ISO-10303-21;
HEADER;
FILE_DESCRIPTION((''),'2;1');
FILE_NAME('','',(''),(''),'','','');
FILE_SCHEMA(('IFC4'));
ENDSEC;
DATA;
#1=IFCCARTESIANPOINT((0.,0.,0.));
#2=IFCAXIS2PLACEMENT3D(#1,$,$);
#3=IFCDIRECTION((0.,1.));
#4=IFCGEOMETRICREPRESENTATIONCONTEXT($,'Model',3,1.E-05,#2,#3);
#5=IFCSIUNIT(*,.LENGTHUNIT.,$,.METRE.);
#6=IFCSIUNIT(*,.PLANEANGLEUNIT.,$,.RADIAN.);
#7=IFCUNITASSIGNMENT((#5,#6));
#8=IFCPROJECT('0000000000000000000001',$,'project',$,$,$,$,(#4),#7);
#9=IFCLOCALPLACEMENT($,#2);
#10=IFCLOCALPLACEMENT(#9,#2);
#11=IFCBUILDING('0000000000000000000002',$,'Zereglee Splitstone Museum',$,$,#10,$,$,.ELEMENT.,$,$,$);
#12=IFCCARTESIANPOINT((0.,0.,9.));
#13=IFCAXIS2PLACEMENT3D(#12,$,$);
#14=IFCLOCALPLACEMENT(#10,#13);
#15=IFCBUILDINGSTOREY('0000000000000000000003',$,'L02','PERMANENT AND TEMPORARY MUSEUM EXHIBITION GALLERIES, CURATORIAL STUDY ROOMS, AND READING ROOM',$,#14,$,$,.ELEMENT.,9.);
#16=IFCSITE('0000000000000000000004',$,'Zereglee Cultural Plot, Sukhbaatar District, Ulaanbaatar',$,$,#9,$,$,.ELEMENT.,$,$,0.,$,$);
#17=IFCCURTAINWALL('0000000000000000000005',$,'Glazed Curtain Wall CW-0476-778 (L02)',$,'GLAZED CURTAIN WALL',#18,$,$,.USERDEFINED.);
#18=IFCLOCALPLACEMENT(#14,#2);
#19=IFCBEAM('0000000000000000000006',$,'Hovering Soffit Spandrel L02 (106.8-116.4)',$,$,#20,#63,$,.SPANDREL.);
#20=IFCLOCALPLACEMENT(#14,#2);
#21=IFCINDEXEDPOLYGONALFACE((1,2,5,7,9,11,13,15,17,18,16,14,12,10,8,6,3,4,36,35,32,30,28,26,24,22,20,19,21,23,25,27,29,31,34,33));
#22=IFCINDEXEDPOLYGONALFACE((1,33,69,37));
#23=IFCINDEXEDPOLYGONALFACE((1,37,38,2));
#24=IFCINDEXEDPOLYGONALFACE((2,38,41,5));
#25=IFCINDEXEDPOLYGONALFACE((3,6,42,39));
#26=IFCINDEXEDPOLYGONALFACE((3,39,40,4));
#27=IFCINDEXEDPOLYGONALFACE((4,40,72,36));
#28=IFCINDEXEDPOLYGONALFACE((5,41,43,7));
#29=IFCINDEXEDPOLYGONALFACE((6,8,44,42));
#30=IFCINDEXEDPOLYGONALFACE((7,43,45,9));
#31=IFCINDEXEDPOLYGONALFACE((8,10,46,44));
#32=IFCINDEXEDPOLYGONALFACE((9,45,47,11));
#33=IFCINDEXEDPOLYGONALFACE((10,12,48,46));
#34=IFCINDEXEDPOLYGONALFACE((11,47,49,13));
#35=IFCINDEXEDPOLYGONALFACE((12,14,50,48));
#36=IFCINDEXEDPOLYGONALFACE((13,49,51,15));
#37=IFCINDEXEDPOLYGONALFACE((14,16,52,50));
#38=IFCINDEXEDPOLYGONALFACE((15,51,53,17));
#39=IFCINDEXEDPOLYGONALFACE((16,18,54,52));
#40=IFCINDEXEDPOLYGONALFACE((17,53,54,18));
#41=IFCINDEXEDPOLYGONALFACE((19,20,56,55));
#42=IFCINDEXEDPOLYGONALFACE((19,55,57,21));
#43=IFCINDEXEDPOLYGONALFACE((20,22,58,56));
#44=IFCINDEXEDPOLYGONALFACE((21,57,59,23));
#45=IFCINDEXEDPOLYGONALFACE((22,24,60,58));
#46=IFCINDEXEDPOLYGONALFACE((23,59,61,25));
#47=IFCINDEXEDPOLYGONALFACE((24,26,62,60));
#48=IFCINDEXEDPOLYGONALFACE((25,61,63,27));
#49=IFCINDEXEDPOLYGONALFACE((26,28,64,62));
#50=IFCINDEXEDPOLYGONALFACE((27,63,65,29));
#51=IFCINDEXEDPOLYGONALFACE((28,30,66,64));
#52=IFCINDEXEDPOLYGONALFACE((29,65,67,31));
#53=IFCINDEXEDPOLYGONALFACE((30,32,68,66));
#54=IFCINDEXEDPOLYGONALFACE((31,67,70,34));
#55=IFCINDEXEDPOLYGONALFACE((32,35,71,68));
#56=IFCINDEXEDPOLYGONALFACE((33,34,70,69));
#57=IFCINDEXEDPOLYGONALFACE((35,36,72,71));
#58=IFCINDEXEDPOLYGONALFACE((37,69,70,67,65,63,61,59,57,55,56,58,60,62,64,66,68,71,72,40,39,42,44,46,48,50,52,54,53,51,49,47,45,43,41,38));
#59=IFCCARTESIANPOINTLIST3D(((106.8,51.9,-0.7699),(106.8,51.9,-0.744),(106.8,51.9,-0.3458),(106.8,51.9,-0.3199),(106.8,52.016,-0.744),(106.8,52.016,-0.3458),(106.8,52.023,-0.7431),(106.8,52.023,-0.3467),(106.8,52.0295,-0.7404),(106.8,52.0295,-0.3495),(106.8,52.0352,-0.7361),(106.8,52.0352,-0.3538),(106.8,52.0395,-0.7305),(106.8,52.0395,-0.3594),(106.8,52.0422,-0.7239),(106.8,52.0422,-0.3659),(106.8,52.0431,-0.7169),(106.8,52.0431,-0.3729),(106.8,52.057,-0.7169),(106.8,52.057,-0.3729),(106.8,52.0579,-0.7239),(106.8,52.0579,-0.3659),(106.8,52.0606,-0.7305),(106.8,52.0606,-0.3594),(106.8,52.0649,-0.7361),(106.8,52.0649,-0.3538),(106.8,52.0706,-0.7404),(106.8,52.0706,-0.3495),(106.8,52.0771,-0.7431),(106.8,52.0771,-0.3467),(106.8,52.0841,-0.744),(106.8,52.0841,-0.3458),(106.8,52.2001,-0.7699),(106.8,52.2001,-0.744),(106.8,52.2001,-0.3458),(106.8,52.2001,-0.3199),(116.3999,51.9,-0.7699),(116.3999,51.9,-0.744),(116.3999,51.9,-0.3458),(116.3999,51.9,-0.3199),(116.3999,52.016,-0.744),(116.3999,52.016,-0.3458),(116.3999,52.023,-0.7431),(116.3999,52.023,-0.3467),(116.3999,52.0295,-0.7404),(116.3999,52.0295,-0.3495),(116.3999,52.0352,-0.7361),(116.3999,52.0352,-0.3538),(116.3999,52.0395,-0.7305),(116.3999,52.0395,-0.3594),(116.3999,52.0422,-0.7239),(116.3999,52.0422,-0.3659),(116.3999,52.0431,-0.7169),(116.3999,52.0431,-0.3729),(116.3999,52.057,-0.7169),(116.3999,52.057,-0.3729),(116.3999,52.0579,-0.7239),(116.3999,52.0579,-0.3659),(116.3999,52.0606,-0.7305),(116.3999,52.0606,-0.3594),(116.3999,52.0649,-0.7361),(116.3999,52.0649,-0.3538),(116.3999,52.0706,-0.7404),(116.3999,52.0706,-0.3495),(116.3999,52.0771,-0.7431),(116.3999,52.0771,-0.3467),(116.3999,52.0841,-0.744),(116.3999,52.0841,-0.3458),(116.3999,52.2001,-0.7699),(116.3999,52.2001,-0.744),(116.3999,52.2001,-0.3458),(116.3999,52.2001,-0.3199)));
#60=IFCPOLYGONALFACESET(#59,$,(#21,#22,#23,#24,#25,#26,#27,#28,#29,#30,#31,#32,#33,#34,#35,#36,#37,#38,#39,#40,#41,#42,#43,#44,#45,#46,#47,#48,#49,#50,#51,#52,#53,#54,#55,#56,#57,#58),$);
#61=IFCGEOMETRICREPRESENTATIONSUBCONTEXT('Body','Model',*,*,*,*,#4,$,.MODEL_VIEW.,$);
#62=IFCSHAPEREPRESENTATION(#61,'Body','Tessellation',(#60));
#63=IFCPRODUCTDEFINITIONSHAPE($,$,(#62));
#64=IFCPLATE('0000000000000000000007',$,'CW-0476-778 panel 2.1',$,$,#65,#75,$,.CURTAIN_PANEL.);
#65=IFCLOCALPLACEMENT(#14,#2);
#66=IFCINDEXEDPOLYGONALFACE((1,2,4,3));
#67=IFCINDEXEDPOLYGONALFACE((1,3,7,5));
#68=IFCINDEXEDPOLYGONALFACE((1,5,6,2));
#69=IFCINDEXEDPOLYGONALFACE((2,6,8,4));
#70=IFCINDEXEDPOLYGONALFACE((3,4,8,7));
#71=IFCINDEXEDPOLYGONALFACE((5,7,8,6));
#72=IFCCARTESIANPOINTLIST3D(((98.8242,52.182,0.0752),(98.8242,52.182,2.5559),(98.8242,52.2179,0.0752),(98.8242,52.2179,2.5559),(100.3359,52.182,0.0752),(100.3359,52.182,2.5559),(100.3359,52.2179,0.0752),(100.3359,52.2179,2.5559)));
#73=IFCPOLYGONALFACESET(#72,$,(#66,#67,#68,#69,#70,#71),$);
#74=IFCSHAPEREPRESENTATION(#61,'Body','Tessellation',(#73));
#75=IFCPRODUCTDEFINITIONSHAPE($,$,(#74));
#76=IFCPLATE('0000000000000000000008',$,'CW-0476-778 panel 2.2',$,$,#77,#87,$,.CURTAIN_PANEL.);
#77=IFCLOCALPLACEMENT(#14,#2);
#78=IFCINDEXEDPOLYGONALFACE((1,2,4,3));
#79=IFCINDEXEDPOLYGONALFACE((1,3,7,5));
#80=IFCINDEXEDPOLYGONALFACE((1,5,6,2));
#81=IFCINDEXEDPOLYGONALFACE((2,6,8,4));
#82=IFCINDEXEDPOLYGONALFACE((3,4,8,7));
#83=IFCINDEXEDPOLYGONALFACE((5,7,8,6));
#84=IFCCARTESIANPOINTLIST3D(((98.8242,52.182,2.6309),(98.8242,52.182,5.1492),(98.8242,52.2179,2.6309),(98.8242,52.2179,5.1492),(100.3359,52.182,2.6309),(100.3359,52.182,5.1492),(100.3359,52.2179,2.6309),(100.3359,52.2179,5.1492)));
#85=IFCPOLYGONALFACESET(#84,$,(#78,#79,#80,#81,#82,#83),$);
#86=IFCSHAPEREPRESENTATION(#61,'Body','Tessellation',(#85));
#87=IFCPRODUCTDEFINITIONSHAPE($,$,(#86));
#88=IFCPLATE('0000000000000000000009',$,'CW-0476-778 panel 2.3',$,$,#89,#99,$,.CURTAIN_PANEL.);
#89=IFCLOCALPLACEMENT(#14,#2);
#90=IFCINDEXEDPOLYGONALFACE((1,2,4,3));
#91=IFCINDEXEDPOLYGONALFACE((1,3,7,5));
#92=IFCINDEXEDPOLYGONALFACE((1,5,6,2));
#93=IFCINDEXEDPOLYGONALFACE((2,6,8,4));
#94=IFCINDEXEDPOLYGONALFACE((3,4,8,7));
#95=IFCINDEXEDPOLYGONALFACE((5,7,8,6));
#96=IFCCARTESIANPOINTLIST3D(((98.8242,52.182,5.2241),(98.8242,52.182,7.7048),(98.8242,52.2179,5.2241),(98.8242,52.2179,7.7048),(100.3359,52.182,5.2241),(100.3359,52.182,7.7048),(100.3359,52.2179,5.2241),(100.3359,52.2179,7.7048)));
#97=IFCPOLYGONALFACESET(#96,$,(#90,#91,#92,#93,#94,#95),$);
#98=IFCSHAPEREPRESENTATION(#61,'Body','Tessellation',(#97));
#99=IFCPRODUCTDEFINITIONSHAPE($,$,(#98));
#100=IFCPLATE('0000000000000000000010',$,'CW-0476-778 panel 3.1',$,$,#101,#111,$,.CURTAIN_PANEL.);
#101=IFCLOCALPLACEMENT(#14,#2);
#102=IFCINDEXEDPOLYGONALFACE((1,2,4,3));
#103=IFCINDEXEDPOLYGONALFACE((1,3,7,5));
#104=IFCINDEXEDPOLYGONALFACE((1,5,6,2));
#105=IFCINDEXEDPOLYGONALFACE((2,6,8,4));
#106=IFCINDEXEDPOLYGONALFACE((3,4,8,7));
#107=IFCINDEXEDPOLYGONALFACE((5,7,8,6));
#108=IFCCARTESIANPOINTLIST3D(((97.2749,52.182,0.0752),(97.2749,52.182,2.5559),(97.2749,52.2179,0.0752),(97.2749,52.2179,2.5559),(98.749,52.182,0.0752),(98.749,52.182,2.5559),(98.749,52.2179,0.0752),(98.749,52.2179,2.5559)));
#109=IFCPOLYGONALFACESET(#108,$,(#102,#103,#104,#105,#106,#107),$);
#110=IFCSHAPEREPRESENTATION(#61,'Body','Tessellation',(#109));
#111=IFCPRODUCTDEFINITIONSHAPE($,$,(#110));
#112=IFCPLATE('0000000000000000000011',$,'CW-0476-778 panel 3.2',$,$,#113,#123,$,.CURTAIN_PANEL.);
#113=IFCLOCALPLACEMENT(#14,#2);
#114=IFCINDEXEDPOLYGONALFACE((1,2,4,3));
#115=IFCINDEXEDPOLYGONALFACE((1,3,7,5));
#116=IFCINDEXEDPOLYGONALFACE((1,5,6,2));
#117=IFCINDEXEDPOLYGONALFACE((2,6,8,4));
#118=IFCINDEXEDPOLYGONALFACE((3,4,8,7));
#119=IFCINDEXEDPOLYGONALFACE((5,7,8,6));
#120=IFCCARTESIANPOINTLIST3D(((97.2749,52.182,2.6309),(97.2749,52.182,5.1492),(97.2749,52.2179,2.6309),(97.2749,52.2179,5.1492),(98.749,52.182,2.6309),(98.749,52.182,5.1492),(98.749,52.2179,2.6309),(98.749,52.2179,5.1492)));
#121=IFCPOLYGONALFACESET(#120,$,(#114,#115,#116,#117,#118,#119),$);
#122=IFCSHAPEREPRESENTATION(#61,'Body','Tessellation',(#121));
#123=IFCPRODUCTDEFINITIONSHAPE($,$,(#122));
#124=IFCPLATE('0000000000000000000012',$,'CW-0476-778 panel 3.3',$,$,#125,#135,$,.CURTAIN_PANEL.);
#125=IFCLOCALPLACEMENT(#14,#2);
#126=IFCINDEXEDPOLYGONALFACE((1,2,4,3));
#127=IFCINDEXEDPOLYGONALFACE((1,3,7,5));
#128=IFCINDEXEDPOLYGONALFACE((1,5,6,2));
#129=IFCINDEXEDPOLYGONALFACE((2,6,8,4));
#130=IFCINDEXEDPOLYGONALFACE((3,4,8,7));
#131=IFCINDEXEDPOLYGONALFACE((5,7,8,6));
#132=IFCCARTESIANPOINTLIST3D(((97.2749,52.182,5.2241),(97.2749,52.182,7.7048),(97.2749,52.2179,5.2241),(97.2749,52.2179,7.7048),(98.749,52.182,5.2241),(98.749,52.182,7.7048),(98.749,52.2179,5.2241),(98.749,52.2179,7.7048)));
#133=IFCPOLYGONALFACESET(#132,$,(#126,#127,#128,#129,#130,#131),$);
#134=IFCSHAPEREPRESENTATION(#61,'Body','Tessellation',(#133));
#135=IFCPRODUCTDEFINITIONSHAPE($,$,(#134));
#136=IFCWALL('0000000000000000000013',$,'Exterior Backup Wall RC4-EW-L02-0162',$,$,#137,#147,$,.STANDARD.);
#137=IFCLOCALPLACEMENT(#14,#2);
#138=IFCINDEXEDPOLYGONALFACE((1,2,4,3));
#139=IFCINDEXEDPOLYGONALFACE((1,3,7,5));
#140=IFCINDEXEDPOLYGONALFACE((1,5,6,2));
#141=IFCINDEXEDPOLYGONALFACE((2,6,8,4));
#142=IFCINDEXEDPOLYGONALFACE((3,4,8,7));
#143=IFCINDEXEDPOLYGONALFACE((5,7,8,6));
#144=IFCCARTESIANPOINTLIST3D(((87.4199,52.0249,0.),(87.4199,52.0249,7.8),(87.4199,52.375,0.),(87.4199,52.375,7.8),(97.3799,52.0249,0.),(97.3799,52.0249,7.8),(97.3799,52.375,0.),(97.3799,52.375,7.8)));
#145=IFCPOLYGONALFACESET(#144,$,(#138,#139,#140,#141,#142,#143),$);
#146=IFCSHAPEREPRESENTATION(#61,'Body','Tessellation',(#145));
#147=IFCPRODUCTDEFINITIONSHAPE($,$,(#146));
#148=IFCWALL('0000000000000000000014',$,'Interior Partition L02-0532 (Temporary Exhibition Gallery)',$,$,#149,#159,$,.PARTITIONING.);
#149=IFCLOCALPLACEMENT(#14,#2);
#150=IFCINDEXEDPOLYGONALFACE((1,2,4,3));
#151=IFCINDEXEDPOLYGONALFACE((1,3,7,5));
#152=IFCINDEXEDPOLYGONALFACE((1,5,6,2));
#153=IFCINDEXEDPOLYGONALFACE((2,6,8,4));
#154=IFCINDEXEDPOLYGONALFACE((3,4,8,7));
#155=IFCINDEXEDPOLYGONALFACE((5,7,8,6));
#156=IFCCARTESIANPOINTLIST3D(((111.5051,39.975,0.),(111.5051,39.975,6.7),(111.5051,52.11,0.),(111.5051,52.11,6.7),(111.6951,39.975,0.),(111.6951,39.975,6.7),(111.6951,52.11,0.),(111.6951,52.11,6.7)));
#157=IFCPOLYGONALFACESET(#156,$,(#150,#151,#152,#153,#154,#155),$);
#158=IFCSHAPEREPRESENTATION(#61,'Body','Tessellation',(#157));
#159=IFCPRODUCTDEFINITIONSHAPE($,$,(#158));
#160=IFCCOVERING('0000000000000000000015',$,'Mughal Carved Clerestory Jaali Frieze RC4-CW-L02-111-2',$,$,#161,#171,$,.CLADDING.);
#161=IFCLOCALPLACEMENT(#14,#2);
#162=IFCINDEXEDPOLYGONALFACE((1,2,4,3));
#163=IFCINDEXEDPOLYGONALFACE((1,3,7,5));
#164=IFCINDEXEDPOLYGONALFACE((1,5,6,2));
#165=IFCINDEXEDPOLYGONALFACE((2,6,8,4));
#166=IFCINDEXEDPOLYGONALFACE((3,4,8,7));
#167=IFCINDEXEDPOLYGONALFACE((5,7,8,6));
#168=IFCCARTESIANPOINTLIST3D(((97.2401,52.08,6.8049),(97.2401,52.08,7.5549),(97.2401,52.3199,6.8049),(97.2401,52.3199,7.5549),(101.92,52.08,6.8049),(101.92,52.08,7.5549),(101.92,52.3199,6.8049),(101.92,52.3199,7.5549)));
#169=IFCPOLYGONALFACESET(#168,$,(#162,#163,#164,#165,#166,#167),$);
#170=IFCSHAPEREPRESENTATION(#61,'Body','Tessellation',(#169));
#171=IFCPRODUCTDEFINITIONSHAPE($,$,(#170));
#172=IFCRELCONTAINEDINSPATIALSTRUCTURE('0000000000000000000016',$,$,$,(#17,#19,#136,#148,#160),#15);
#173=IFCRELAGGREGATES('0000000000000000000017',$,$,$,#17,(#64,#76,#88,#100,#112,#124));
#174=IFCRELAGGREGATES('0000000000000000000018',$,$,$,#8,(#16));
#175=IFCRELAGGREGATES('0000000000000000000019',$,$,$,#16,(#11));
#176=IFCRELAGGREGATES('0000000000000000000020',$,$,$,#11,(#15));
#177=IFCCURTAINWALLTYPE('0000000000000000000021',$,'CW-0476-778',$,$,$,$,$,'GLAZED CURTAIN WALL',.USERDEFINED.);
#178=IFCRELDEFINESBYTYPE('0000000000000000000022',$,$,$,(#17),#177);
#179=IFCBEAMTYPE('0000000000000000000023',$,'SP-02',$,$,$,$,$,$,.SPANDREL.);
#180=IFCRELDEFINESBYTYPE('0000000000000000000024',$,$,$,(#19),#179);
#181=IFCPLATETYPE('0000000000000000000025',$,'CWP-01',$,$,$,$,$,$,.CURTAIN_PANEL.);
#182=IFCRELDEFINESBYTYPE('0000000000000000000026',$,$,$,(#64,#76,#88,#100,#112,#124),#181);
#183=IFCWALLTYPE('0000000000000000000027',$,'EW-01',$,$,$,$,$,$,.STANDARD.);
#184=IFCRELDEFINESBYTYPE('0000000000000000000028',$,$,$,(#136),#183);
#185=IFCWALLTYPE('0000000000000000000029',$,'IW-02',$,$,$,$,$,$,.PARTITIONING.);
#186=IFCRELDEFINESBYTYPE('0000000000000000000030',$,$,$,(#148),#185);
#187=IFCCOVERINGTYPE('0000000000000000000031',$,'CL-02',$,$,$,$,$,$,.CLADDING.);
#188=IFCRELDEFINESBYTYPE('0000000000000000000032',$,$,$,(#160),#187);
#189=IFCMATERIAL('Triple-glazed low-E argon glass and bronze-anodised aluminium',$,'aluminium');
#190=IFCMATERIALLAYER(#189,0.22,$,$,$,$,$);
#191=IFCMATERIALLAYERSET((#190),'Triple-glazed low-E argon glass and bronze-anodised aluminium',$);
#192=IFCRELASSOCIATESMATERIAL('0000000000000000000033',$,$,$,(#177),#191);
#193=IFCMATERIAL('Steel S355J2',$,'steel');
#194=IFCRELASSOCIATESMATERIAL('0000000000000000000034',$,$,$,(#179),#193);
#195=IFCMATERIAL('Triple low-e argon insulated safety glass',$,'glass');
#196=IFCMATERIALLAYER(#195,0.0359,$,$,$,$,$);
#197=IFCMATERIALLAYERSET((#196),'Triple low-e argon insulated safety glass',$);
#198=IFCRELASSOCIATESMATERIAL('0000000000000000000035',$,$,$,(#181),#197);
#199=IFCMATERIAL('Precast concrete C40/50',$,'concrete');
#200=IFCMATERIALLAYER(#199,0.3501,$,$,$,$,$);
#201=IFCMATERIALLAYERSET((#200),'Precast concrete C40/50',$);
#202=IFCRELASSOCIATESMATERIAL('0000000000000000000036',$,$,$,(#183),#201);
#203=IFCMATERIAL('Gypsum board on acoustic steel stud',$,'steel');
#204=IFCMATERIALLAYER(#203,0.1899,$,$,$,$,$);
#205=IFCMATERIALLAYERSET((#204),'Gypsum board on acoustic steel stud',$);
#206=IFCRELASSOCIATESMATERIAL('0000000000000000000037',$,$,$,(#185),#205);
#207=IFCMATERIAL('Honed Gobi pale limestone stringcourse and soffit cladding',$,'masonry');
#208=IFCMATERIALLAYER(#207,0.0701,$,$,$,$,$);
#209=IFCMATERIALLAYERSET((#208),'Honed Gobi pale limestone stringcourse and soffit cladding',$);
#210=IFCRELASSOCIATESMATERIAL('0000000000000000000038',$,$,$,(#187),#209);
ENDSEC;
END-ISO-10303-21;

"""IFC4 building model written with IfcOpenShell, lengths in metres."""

from ifc_helpers import new_model, si_unit, direction, frame, frame_2d, origin, origin_2d, place, context, subcontext, project, spatial, rectangle, i_section, extrude, material, layer, layer_set, material_profile, profile_set, type_object, element, aggregate, save


model = new_model("IFC4")

# Units and contexts
model_context = context("Model", 3, precision=1e-05, world=origin(), true_north=direction((0.0, 1.0)))
body_context = subcontext(model_context, "Body", "Model", "MODEL_VIEW")
ifc_project = project(units=[si_unit("LENGTHUNIT", "METRE"), si_unit("PLANEANGLEUNIT", "RADIAN")], contexts=[model_context])

# Site, building, storey
site_placement = place(None, origin())
site = spatial("IfcSite", under=ifc_project, at=site_placement, Name="Zereglee Cultural Plot, Sukhbaatar District, Ulaanbaatar", CompositionType="ELEMENT", RefElevation=0.0)
building_placement = place(site_placement, origin())
building = spatial("IfcBuilding", under=site, at=building_placement, Name="Zereglee Splitstone Museum", CompositionType="ELEMENT")
storey_placement = place(building_placement, frame((0.0, 0.0, 9.0)))
storey = spatial("IfcBuildingStorey", under=building, at=storey_placement, Name="L02", Description="PERMANENT AND TEMPORARY MUSEUM EXHIBITION GALLERIES, CURATORIAL STUDY ROOMS, AND READING ROOM", CompositionType="ELEMENT", Elevation=9.0)

# Shared definitions
ifc_material_1 = material(Name="Steel S355J2", Category="steel")

# Curtain wall
ifc_material_2 = material(Name="Triple-glazed low-E argon glass and bronze-anodised aluminium", Category="aluminium")
ifc_layer_1 = layer(ifc_material_2, 0.22)
ifc_layer_set_1 = layer_set([ifc_layer_1], Name="Triple-glazed low-E argon glass and bronze-anodised aluminium")
curtain_wall_type = type_object("IfcCurtainWallType", Name="CW-0476-778", ElementType="GLAZED CURTAIN WALL", PredefinedType="USERDEFINED", material=ifc_layer_set_1)
curtain_wall_placement = place(storey_placement, origin())
curtain_wall = element("IfcCurtainWall", 1, at=curtain_wall_placement, inside=storey, type_object=curtain_wall_type, Name="Glazed Curtain Wall CW-0476-778 (L02)", ObjectType="GLAZED CURTAIN WALL", PredefinedType="USERDEFINED")

# Beam
ifc_material_profile_1 = material_profile(ifc_material_1, i_section(OverallWidth=0.3, OverallDepth=0.45, WebThickness=0.0139, FlangeThickness=0.0259, FilletRadius=0.0271, at=origin_2d()), Name="HE 450 B")
ifc_profile_set_1 = profile_set([ifc_material_profile_1], Name="Steel S355J2")
beam_type_1 = type_object("IfcBeamType", Name="SP-02", PredefinedType="SPANDREL", material=ifc_profile_set_1)
for number, where, z_axis, x_axis, name in (
    (2, (106.8, 52.05, -0.5449), (1.0, 0.0, 0.0), (0.0, 1.0, 0.0), "Hovering Soffit Spandrel L02 (106.8-116.4)"),
):
    element("IfcBeam", number, at=place(storey_placement, frame(where, z_axis=z_axis, x_axis=x_axis)), inside=storey, type_object=beam_type_1, Name=name, PredefinedType="SPANDREL", context=body_context, shape_type="SweptSolid", body=[
        extrude(i_section(OverallWidth=0.3, OverallDepth=0.45, WebThickness=0.0139, FlangeThickness=0.0259, FilletRadius=0.0271, at=origin_2d()), origin(), (0.0, 0.0, 1.0), 9.5999),
    ])

# Plates
ifc_material_3 = material(Name="Triple low-e argon insulated safety glass", Category="glass")
ifc_layer_2 = layer(ifc_material_3, 0.0359)
ifc_layer_set_2 = layer_set([ifc_layer_2], Name="Triple low-e argon insulated safety glass")
plate_type = type_object("IfcPlateType", Name="CWP-01", PredefinedType="CURTAIN_PANEL", material=ifc_layer_set_2)
plate_1_placement = place(storey_placement, frame((99.5801, 52.2, 0.0752), z_axis=(0.0, 0.0, 1.0), x_axis=(-1.0, 0.0, 0.0)))
plate_1 = element("IfcPlate", 3, at=plate_1_placement, type_object=plate_type, Name="CW-0476-778 panel 2.1", PredefinedType="CURTAIN_PANEL", context=body_context, shape_type="SweptSolid", body=[
    extrude(rectangle(XDim=1.5117, YDim=0.0359, at=origin_2d()), origin(), (0.0, 0.0, 1.0), 2.4807),
])
plate_2_placement = place(storey_placement, frame((99.5801, 52.2, 2.6309), z_axis=(0.0, 0.0, 1.0), x_axis=(-1.0, 0.0, 0.0)))
plate_2 = element("IfcPlate", 4, at=plate_2_placement, type_object=plate_type, Name="CW-0476-778 panel 2.2", PredefinedType="CURTAIN_PANEL", context=body_context, shape_type="SweptSolid", body=[
    extrude(rectangle(XDim=1.5117, YDim=0.0359, at=origin_2d()), origin(), (0.0, 0.0, 1.0), 2.5183),
])
plate_3_placement = place(storey_placement, frame((99.5801, 52.2, 5.2241), z_axis=(0.0, 0.0, 1.0), x_axis=(-1.0, 0.0, 0.0)))
plate_3 = element("IfcPlate", 5, at=plate_3_placement, type_object=plate_type, Name="CW-0476-778 panel 2.3", PredefinedType="CURTAIN_PANEL", context=body_context, shape_type="SweptSolid", body=[
    extrude(rectangle(XDim=1.5117, YDim=0.0359, at=origin_2d()), origin(), (0.0, 0.0, 1.0), 2.4807),
])
plate_4_placement = place(storey_placement, frame((98.012, 52.2, 0.0752), z_axis=(0.0, 0.0, 1.0), x_axis=(-1.0, 0.0, 0.0)))
plate_4 = element("IfcPlate", 6, at=plate_4_placement, type_object=plate_type, Name="CW-0476-778 panel 3.1", PredefinedType="CURTAIN_PANEL", context=body_context, shape_type="SweptSolid", body=[
    extrude(rectangle(XDim=1.4741, YDim=0.0359, at=origin_2d()), origin(), (0.0, 0.0, 1.0), 2.4807),
])
plate_5_placement = place(storey_placement, frame((98.012, 52.2, 2.6309), z_axis=(0.0, 0.0, 1.0), x_axis=(-1.0, 0.0, 0.0)))
plate_5 = element("IfcPlate", 7, at=plate_5_placement, type_object=plate_type, Name="CW-0476-778 panel 3.2", PredefinedType="CURTAIN_PANEL", context=body_context, shape_type="SweptSolid", body=[
    extrude(rectangle(XDim=1.4741, YDim=0.0359, at=origin_2d()), origin(), (0.0, 0.0, 1.0), 2.5183),
])
plate_6_placement = place(storey_placement, frame((98.012, 52.2, 5.2241), z_axis=(0.0, 0.0, 1.0), x_axis=(-1.0, 0.0, 0.0)))
plate_6 = element("IfcPlate", 8, at=plate_6_placement, type_object=plate_type, Name="CW-0476-778 panel 3.3", PredefinedType="CURTAIN_PANEL", context=body_context, shape_type="SweptSolid", body=[
    extrude(rectangle(XDim=1.4741, YDim=0.0359, at=origin_2d()), origin(), (0.0, 0.0, 1.0), 2.4807),
])
aggregate(curtain_wall, [plate_1, plate_2, plate_3, plate_4, plate_5, plate_6])

# Walls
ifc_material_4 = material(Name="Precast concrete C40/50", Category="concrete")
ifc_layer_3 = layer(ifc_material_4, 0.3501)
ifc_layer_set_3 = layer_set([ifc_layer_3], Name="Precast concrete C40/50")
wall_type_1 = type_object("IfcWallType", Name="EW-01", PredefinedType="STANDARD", material=ifc_layer_set_3)
wall_1_placement = place(storey_placement, frame((97.3799, 52.2, 0.0), z_axis=(0.0, 0.0, 1.0), x_axis=(-1.0, 0.0, 0.0)))
element("IfcWall", 9, at=wall_1_placement, inside=storey, type_object=wall_type_1, Name="Exterior Backup Wall RC4-EW-L02-0162", PredefinedType="STANDARD", context=body_context, shape_type="SweptSolid", body=[
    extrude(rectangle(XDim=9.96, YDim=0.3501, at=frame_2d((4.98, 0.0))), origin(), (0.0, 0.0, 1.0), 7.8),
])
ifc_material_5 = material(Name="Gypsum board on acoustic steel stud", Category="steel")
ifc_layer_4 = layer(ifc_material_5, 0.1899)
ifc_layer_set_4 = layer_set([ifc_layer_4], Name="Gypsum board on acoustic steel stud")
wall_type_2 = type_object("IfcWallType", Name="IW-02", PredefinedType="PARTITIONING", material=ifc_layer_set_4)
wall_2_placement = place(storey_placement, frame((111.6001, 39.9751, 0.0), z_axis=(0.0, 0.0, 1.0), x_axis=(0.0, 1.0, 0.0)))
element("IfcWall", 10, at=wall_2_placement, inside=storey, type_object=wall_type_2, Name="Interior Partition L02-0532 (Temporary Exhibition Gallery)", PredefinedType="PARTITIONING", context=body_context, shape_type="SweptSolid", body=[
    extrude(rectangle(XDim=12.135, YDim=0.1899, at=frame_2d((6.0674, 0.0))), origin(), (0.0, 0.0, 1.0), 6.7),
])

# Covering
ifc_material_6 = material(Name="Honed Gobi pale limestone stringcourse and soffit cladding", Category="masonry")
ifc_layer_5 = layer(ifc_material_6, 0.0701)
ifc_layer_set_5 = layer_set([ifc_layer_5], Name="Honed Gobi pale limestone stringcourse and soffit cladding")
covering_type = type_object("IfcCoveringType", Name="CL-02", PredefinedType="CLADDING", material=ifc_layer_set_5)
covering_placement = place(storey_placement, frame((99.5801, 52.2, 6.8049), z_axis=(0.0, 0.0, 1.0), x_axis=(-1.0, 0.0, 0.0)))
element("IfcCovering", 11, at=covering_placement, inside=storey, type_object=covering_type, Name="Mughal Carved Clerestory Jaali Frieze RC4-CW-L02-111-2", PredefinedType="CLADDING", context=body_context, shape_type="SweptSolid", body=[
    extrude(rectangle(XDim=4.6799, YDim=0.24, at=origin_2d()), origin(), (0.0, 0.0, 1.0), 0.75),
])

save(model, "model.ifc")
